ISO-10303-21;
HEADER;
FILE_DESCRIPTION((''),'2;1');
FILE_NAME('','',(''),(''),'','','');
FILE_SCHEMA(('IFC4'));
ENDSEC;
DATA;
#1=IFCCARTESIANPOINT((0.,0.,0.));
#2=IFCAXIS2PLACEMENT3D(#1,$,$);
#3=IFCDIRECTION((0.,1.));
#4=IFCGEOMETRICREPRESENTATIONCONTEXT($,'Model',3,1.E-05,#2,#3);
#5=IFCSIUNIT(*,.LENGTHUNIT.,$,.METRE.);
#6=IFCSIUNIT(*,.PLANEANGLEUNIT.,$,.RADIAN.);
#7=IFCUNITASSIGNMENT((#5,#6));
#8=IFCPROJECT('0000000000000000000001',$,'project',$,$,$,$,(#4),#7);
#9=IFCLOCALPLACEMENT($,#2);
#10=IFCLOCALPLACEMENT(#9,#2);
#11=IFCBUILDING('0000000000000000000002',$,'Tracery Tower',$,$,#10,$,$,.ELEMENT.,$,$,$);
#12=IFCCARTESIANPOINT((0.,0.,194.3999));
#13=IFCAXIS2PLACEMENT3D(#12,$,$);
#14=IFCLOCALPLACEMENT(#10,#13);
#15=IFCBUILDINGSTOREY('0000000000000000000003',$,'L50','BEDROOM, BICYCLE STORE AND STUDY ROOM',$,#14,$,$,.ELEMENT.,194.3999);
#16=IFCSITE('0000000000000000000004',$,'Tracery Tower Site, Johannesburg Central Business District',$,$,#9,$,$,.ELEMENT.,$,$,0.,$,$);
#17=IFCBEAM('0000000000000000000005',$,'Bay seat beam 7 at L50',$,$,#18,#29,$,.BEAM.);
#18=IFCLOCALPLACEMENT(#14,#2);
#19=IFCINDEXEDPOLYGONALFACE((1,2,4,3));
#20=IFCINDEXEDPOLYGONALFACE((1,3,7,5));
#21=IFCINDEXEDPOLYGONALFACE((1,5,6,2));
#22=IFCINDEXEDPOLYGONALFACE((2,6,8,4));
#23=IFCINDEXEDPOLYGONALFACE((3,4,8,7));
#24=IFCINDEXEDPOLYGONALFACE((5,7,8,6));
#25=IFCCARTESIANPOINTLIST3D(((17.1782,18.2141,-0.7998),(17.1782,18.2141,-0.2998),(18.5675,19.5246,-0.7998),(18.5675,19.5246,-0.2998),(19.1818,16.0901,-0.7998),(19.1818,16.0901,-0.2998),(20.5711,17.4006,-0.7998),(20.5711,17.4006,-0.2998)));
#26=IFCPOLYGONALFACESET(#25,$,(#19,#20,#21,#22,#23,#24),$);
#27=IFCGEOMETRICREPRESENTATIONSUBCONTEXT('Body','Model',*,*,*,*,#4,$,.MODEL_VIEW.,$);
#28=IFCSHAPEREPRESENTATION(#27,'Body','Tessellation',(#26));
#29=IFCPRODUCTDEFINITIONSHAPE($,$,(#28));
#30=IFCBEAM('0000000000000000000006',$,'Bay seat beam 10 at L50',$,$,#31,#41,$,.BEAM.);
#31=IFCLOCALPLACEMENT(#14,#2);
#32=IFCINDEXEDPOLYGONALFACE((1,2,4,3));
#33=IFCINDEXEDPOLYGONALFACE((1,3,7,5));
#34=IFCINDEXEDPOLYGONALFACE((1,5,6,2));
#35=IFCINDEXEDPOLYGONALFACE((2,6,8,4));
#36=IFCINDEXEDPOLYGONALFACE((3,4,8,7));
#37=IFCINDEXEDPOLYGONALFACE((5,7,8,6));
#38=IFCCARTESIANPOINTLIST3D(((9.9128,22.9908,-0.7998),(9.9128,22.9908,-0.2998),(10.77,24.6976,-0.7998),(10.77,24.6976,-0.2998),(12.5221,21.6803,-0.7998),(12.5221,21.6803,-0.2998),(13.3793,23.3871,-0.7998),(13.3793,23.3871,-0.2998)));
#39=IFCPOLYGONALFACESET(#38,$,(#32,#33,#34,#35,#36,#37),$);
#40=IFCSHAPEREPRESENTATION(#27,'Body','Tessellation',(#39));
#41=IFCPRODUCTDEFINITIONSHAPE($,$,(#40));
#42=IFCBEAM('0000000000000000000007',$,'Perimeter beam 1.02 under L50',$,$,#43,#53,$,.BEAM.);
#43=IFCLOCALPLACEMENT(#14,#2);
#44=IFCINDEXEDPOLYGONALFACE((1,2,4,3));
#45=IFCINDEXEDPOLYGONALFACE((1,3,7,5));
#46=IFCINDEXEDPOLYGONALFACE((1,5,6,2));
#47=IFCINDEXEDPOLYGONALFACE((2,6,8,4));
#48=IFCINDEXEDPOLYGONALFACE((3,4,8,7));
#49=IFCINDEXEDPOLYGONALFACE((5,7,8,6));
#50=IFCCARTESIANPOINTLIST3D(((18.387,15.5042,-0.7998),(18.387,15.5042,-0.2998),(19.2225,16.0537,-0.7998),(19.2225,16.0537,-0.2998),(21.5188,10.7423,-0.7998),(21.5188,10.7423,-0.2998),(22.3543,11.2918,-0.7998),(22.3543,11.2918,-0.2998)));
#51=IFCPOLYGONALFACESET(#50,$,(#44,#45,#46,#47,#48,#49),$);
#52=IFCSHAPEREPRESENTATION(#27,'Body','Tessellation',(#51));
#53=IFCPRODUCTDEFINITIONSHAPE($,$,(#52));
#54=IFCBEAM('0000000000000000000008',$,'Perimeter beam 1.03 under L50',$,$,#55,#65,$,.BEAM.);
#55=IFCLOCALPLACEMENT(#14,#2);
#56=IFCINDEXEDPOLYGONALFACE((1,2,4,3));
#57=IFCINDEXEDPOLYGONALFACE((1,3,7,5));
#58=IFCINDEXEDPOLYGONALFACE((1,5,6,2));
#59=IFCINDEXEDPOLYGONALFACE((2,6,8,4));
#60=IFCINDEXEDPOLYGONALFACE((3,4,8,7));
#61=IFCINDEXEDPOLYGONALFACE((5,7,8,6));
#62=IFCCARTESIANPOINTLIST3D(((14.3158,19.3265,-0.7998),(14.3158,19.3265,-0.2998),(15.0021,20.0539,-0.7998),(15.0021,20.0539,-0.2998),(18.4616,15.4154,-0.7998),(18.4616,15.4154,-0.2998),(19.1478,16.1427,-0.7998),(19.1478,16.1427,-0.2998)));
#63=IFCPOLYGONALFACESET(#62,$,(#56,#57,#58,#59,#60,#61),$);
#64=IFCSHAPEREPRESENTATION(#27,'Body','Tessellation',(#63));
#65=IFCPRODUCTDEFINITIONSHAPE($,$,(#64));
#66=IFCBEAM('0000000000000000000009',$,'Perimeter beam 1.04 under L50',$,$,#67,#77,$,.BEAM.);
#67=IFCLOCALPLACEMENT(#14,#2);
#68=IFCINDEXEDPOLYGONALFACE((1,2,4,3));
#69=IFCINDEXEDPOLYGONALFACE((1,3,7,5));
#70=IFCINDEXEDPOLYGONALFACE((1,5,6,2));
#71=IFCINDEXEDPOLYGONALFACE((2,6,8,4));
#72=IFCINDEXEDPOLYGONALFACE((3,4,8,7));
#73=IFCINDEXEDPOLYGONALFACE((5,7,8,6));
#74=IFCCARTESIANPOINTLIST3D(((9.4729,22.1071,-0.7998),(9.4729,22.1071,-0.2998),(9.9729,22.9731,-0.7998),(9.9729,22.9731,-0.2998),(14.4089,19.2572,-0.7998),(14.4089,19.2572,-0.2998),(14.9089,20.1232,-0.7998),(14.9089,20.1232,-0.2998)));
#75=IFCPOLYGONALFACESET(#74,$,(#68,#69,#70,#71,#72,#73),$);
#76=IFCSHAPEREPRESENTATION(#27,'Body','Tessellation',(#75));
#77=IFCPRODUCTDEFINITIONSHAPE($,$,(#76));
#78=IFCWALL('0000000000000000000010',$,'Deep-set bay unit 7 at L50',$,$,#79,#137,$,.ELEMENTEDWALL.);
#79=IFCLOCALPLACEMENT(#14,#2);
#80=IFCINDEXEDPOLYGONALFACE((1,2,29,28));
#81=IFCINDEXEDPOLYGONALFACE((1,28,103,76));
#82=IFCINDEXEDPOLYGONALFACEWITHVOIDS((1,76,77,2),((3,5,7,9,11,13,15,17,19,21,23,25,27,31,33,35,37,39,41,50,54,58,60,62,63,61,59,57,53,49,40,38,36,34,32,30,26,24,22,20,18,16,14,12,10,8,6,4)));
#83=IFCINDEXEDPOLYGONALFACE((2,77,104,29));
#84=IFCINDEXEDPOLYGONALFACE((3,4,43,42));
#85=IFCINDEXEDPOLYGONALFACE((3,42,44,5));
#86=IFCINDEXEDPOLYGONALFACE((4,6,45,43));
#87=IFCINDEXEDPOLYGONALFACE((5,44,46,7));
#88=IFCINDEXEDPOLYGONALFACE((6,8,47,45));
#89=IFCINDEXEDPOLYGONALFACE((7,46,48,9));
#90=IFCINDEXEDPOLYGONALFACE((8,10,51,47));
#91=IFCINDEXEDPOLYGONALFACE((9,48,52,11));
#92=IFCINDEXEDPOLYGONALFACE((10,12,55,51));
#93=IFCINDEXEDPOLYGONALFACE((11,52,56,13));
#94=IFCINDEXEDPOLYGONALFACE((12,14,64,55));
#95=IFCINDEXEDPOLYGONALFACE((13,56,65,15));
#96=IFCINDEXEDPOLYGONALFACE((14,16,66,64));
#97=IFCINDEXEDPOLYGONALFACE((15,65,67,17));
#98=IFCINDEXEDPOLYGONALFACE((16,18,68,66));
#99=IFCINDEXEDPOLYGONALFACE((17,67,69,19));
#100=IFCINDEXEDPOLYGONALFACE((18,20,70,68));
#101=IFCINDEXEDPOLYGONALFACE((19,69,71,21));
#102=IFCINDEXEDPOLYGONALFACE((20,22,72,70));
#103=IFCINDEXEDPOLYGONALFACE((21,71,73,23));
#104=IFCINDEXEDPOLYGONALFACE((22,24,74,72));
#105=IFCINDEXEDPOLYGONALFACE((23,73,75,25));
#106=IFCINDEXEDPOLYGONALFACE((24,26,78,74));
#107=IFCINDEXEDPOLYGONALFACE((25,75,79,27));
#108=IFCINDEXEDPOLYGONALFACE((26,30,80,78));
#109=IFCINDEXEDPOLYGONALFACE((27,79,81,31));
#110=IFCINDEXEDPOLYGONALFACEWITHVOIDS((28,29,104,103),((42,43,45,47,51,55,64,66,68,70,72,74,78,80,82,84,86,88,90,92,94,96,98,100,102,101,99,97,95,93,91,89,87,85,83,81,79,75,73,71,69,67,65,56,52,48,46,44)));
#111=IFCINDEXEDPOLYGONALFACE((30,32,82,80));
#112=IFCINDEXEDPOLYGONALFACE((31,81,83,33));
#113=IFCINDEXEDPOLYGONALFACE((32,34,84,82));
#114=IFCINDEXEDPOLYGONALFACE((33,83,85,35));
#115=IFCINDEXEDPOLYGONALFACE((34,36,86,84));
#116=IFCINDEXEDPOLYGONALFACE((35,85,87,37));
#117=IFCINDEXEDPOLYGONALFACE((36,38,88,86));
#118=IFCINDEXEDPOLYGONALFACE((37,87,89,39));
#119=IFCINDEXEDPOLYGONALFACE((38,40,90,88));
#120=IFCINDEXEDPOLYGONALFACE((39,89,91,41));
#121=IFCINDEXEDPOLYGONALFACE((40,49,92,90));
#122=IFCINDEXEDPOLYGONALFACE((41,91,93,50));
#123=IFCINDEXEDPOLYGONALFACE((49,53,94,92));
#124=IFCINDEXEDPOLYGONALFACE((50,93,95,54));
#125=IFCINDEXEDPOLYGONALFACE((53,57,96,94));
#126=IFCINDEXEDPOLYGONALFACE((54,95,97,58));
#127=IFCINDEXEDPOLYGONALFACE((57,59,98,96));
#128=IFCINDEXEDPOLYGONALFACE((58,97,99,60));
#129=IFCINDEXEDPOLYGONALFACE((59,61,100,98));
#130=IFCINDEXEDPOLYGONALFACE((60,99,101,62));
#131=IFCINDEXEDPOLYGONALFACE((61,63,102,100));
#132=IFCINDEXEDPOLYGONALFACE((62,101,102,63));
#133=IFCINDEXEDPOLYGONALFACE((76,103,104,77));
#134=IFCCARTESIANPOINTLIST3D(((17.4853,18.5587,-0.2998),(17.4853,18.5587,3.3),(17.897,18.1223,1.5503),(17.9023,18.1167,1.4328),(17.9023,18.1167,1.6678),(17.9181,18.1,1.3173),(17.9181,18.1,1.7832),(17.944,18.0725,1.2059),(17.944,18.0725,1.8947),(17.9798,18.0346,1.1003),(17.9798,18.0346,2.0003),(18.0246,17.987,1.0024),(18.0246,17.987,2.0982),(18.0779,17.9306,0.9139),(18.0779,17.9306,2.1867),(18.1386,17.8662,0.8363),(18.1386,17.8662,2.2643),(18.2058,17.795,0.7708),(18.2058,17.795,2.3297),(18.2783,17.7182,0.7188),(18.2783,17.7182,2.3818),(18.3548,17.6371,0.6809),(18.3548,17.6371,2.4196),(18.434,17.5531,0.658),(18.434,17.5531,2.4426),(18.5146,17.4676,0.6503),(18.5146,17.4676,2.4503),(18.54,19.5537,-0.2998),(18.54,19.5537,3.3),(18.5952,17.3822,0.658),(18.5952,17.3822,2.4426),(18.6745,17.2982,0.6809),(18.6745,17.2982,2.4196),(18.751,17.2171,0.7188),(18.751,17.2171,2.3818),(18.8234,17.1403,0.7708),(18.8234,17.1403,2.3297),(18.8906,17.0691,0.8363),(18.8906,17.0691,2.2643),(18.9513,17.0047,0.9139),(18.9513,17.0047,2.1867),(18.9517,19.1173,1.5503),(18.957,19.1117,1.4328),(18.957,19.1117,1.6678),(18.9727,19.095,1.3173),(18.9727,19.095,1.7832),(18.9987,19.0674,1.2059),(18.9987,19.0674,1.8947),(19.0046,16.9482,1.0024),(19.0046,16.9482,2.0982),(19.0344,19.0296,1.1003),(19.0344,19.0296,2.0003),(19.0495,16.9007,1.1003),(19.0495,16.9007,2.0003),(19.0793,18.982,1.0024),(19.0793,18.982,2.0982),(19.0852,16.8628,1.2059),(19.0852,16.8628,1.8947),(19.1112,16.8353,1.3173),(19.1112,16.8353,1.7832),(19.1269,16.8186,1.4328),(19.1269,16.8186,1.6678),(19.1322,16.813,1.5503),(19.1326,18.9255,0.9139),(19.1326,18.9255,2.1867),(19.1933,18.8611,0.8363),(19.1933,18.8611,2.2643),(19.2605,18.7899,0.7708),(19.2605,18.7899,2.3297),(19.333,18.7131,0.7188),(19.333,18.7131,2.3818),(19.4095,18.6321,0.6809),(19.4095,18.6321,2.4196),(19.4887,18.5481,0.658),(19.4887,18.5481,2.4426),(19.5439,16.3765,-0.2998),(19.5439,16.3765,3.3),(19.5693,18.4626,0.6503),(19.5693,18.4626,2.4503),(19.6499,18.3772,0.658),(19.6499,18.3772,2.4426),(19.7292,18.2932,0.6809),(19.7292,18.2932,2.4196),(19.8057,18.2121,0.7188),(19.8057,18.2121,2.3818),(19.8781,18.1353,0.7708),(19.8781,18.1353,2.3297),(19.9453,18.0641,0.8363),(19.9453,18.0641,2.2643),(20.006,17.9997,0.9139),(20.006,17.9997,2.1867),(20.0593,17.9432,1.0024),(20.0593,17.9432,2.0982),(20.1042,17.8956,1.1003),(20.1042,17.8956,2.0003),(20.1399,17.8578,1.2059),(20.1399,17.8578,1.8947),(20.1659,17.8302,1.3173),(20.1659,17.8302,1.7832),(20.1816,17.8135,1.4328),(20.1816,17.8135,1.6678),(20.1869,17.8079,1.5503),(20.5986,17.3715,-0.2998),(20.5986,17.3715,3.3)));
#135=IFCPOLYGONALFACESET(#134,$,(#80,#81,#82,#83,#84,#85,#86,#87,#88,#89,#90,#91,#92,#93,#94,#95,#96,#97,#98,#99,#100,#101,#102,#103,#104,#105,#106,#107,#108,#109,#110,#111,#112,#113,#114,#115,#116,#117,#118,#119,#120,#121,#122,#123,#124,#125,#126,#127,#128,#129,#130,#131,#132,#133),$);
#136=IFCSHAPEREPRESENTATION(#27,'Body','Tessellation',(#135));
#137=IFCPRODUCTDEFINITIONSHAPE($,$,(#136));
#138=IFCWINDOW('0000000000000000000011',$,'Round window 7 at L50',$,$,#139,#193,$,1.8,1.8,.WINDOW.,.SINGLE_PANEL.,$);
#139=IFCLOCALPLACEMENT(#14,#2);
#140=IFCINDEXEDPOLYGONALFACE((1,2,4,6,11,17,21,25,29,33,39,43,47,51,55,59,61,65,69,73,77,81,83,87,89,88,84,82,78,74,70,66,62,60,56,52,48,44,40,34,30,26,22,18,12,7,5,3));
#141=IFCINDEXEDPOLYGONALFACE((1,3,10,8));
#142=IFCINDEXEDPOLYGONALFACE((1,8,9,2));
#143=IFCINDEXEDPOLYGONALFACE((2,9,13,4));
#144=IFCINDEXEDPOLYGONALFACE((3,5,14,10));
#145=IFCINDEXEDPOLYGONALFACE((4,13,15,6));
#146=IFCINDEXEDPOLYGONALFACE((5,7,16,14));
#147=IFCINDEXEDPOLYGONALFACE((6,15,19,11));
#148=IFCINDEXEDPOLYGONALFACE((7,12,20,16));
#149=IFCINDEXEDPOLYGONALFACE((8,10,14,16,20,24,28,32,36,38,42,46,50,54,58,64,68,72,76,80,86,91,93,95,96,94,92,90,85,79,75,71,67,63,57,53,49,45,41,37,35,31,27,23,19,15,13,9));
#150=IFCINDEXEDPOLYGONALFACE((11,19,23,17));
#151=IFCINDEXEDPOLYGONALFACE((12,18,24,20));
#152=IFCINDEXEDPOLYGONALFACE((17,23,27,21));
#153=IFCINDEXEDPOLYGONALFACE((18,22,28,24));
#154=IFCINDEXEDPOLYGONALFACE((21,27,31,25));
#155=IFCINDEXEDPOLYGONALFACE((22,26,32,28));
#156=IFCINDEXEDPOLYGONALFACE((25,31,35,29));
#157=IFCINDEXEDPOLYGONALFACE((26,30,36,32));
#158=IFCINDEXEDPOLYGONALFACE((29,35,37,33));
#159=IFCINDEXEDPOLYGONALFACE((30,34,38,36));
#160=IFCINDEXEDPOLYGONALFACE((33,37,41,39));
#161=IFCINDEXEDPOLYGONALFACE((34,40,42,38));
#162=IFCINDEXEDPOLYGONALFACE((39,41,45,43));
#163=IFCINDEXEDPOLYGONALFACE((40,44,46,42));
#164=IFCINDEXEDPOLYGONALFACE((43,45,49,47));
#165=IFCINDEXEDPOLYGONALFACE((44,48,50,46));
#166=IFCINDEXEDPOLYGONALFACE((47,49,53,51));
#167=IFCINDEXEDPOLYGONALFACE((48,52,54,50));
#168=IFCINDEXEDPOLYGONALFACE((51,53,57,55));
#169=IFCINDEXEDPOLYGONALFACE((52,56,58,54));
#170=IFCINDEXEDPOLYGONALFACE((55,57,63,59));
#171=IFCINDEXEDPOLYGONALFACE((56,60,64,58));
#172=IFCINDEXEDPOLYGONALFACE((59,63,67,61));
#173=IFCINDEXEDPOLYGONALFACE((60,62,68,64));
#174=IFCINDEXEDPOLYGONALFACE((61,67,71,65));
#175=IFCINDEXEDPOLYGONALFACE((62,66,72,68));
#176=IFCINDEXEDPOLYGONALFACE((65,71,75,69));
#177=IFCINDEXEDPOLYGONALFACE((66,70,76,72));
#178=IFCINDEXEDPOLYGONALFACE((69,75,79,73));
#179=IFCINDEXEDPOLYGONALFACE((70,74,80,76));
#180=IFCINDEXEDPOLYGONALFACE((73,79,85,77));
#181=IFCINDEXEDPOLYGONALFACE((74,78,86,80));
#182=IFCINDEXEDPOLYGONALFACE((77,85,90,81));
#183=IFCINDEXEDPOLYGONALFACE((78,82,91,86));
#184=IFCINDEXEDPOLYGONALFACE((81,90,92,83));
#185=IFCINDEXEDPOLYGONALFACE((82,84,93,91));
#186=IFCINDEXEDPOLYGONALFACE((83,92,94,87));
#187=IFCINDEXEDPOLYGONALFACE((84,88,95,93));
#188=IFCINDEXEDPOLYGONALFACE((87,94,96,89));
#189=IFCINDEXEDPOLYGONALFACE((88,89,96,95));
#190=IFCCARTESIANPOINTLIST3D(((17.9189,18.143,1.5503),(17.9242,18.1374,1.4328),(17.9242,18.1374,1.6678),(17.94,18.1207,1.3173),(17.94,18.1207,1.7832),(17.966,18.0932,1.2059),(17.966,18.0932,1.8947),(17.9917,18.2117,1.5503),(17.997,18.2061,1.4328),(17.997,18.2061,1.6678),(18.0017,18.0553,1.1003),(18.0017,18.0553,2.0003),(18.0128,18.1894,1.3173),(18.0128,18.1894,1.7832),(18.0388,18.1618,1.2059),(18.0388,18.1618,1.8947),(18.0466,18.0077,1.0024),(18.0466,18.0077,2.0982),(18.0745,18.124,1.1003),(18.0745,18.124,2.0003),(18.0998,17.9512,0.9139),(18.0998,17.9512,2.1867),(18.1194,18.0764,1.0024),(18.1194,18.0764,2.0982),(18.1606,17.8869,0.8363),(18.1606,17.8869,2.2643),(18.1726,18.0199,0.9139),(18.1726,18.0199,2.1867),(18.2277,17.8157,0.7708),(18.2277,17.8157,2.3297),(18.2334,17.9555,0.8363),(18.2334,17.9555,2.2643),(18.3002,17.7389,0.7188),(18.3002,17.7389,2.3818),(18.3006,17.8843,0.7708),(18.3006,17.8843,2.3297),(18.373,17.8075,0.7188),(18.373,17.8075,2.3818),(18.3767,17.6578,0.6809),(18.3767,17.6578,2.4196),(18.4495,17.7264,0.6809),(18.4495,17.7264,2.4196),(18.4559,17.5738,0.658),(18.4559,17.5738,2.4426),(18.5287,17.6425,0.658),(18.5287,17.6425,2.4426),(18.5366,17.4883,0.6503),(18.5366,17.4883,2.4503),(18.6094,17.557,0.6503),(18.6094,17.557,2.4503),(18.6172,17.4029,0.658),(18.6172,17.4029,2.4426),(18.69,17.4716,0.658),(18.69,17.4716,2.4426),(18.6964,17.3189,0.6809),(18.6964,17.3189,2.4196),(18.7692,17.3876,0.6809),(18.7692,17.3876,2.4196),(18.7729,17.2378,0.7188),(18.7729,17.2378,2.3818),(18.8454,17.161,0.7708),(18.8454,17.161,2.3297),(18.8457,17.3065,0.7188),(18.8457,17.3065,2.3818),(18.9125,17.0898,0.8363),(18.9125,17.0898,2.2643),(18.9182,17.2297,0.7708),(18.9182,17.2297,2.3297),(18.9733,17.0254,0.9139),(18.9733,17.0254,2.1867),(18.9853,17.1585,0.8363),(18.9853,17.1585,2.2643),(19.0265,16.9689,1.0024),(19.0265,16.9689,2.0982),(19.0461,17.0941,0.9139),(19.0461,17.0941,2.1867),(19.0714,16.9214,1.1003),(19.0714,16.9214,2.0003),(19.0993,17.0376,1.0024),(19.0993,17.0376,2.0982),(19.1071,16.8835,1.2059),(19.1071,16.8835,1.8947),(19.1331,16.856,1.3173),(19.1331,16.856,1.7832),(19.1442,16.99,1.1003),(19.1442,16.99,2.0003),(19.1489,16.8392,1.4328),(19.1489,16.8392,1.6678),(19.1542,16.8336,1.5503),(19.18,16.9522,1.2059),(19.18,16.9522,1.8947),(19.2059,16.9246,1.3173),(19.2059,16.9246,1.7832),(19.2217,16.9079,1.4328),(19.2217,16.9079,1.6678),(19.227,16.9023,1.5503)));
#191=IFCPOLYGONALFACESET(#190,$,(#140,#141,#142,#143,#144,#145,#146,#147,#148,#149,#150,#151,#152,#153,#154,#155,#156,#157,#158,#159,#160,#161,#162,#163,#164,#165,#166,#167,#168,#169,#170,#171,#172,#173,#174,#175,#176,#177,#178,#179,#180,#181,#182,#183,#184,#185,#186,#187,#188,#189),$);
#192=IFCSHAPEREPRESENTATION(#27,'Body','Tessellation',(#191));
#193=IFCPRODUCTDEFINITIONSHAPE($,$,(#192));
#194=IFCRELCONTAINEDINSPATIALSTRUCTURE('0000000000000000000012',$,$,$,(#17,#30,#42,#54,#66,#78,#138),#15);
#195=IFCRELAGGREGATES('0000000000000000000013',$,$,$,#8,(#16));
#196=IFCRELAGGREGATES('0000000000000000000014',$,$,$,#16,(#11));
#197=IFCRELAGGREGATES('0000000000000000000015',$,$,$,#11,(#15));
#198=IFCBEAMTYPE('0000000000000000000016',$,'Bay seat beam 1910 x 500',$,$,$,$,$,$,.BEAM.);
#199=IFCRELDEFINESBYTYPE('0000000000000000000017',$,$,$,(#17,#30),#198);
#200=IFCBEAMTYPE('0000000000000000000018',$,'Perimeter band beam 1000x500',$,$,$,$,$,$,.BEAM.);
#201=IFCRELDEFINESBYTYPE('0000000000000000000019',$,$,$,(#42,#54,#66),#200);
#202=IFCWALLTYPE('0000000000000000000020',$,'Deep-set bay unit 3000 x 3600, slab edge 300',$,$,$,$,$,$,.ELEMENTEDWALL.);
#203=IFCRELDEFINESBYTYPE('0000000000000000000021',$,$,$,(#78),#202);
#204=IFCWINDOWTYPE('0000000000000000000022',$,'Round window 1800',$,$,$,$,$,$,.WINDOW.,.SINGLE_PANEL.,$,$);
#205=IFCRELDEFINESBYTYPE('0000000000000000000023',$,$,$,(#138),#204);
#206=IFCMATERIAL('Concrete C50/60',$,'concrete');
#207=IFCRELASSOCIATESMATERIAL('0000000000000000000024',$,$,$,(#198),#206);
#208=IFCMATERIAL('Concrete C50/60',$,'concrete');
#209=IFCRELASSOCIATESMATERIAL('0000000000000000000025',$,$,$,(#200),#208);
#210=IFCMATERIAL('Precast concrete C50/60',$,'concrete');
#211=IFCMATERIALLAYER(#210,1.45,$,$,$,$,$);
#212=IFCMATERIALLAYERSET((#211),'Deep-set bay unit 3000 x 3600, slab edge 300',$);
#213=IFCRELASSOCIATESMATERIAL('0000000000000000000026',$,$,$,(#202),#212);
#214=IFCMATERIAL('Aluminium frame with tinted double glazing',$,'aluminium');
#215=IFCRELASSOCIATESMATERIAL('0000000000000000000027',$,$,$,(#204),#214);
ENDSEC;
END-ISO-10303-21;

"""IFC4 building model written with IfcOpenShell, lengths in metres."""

from ifc_helpers import new_model, si_unit, direction, frame, frame_2d, origin, origin_2d, place, context, subcontext, project, spatial, rectangle, circle, extrude, material, layer, layer_set, material_profile, profile_set, type_object, element, fill, save


model = new_model("IFC4")

# Units and contexts
model_context = context("Model", 3, precision=1e-05, world=origin(), true_north=direction((0.0, 1.0)))
body_context = subcontext(model_context, "Body", "Model", "MODEL_VIEW")
ifc_project = project(units=[si_unit("LENGTHUNIT", "METRE"), si_unit("PLANEANGLEUNIT", "RADIAN")], contexts=[model_context])

# Site, building, storey
site_placement = place(None, origin())
site = spatial("IfcSite", under=ifc_project, at=site_placement, Name="Tracery Tower Site, Johannesburg Central Business District", CompositionType="ELEMENT", RefElevation=0.0)
building_placement = place(site_placement, origin())
building = spatial("IfcBuilding", under=site, at=building_placement, Name="Tracery Tower", CompositionType="ELEMENT")
storey_placement = place(building_placement, frame((0.0, 0.0, 194.3999)))
storey = spatial("IfcBuildingStorey", under=building, at=storey_placement, Name="L50", Description="BEDROOM, BICYCLE STORE AND STUDY ROOM", CompositionType="ELEMENT", Elevation=194.3999)

# Beams
ifc_material_1 = material(Name="Concrete C50/60", Category="concrete")
ifc_material_profile_1 = material_profile(ifc_material_1, rectangle(XDim=1.9099, YDim=0.5, at=origin_2d()), Name="RC 1910x500")
ifc_profile_set_1 = profile_set([ifc_material_profile_1], Name="Concrete C50/60")
beam_type_1 = type_object("IfcBeamType", Name="Bay seat beam 1910 x 500", PredefinedType="BEAM", material=ifc_profile_set_1)
for number, where, z_axis, x_axis, name in (
    (1, (19.8765, 16.7454, -0.5498), (-0.686196, 0.727416, 0.0), (-0.727416, -0.686196, 0.0), "Bay seat beam 7 at L50"),
    (2, (12.9507, 22.5337, -0.5498), (-0.893623, 0.448818, 0.0), (-0.448818, -0.893623, 0.0), "Bay seat beam 10 at L50"),
):
    element("IfcBeam", number, at=place(storey_placement, frame(where, z_axis=z_axis, x_axis=x_axis)), inside=storey, type_object=beam_type_1, Name=name, PredefinedType="BEAM", context=body_context, shape_type="SweptSolid", body=[
        extrude(rectangle(XDim=1.9099, YDim=0.5, at=origin_2d()), origin(), (0.0, 0.0, 1.0), 2.9199),
    ])
ifc_material_2 = material(Name="Concrete C50/60", Category="concrete")
ifc_material_profile_2 = material_profile(ifc_material_2, rectangle(XDim=1.0, YDim=0.5, at=origin_2d()), Name="RC 1000x500")
ifc_profile_set_2 = profile_set([ifc_material_profile_2], Name="Concrete C50/60")
beam_type_2 = type_object("IfcBeamType", Name="Perimeter band beam 1000x500", PredefinedType="BEAM", material=ifc_profile_set_2)
for number, where, z_axis, x_axis, name in (
    (3, (21.9365, 11.0171, -0.5498), (-0.54949, 0.8355, 0.0), (-0.8355, -0.54949, 0.0), "Perimeter beam 1.02 under L50"),
    (4, (18.8047, 15.7791, -0.5498), (-0.72739, 0.686225, 0.0), (-0.686225, -0.72739, 0.0), "Perimeter beam 1.03 under L50"),
):
    element("IfcBeam", number, at=place(storey_placement, frame(where, z_axis=z_axis, x_axis=x_axis)), inside=storey, type_object=beam_type_2, Name=name, PredefinedType="BEAM", context=body_context, shape_type="SweptSolid", body=[
        extrude(rectangle(XDim=1.0, YDim=0.5, at=origin_2d()), origin(), (0.0, 0.0, 1.0), 5.6995),
    ])
beam_placement = place(storey_placement, frame((14.6589, 19.6902, -0.5498), z_axis=(-0.866023, 0.500004, 0.0), x_axis=(-0.500004, -0.866023, 0.0)))
element("IfcBeam", 5, at=beam_placement, inside=storey, type_object=beam_type_2, Name="Perimeter beam 1.04 under L50", PredefinedType="BEAM", context=body_context, shape_type="SweptSolid", body=[
    extrude(rectangle(XDim=1.0, YDim=0.5, at=origin_2d()), origin(), (0.0, 0.0, 1.0), 5.6997),
])

# Wall, opening, window
ifc_material_3 = material(Name="Precast concrete C50/60", Category="concrete")
ifc_layer_1 = layer(ifc_material_3, 1.45)
ifc_layer_set_1 = layer_set([ifc_layer_1], Name="Deep-set bay unit 3000 x 3600, slab edge 300")
wall_type_1 = type_object("IfcWallType", Name="Deep-set bay unit 3000 x 3600, slab edge 300", PredefinedType="ELEMENTEDWALL", material=ifc_layer_set_1)
wall_1_placement = place(storey_placement, frame((20.0713, 16.874, -0.2998), z_axis=(0.0, 0.0, 1.0), x_axis=(-0.686217, 0.727397, 0.0)))
wall_1 = element("IfcWall", 6, at=wall_1_placement, inside=storey, type_object=wall_type_1, Name="Deep-set bay unit 7 at L50", PredefinedType="ELEMENTEDWALL", context=body_context, shape_type="SweptSolid", body=[
    extrude(rectangle(XDim=3.0, YDim=1.45, at=frame_2d((1.5, 0.0))), origin(), (0.0, 0.0, 1.0), 3.5999),
])
opening_1_placement = place(wall_1_placement, frame((1.5, 0.0, 1.8501)))
opening_1 = element("IfcOpeningElement", 7, at=opening_1_placement, cuts=wall_1, PredefinedType="OPENING", context=body_context, shape_type="SweptSolid", body=[
    extrude(circle(Radius=0.9, at=origin_2d()), frame((0.0, 0.7349, 0.0), z_axis=(0.0, -1.0, 0.0), x_axis=(1.0, 0.0, 0.0)), (0.0, 0.0, 1.0), 1.47),
])
ifc_material_4 = material(Name="Aluminium frame with tinted double glazing", Category="aluminium")
window_type = type_object("IfcWindowType", Name="Round window 1800", PartitioningType="SINGLE_PANEL", PredefinedType="WINDOW", material=ifc_material_4)
window_1_placement = place(opening_1_placement, origin())
window_1 = element("IfcWindow", 8, at=window_1_placement, inside=storey, type_object=window_type, Name="Round window 7 at L50", OverallHeight=1.8, OverallWidth=1.8, PartitioningType="SINGLE_PANEL", PredefinedType="WINDOW", context=body_context, shape_type="SweptSolid", body=[
    extrude(circle(Radius=0.9, at=origin_2d()), frame((0.0, 0.6948, 0.0), z_axis=(0.0, -1.0, 0.0), x_axis=(1.0, 0.0, 0.0)), (0.0, 0.0, 1.0), 0.1001),
])
fill(opening_1, window_1)

save(model, "model.ifc")
